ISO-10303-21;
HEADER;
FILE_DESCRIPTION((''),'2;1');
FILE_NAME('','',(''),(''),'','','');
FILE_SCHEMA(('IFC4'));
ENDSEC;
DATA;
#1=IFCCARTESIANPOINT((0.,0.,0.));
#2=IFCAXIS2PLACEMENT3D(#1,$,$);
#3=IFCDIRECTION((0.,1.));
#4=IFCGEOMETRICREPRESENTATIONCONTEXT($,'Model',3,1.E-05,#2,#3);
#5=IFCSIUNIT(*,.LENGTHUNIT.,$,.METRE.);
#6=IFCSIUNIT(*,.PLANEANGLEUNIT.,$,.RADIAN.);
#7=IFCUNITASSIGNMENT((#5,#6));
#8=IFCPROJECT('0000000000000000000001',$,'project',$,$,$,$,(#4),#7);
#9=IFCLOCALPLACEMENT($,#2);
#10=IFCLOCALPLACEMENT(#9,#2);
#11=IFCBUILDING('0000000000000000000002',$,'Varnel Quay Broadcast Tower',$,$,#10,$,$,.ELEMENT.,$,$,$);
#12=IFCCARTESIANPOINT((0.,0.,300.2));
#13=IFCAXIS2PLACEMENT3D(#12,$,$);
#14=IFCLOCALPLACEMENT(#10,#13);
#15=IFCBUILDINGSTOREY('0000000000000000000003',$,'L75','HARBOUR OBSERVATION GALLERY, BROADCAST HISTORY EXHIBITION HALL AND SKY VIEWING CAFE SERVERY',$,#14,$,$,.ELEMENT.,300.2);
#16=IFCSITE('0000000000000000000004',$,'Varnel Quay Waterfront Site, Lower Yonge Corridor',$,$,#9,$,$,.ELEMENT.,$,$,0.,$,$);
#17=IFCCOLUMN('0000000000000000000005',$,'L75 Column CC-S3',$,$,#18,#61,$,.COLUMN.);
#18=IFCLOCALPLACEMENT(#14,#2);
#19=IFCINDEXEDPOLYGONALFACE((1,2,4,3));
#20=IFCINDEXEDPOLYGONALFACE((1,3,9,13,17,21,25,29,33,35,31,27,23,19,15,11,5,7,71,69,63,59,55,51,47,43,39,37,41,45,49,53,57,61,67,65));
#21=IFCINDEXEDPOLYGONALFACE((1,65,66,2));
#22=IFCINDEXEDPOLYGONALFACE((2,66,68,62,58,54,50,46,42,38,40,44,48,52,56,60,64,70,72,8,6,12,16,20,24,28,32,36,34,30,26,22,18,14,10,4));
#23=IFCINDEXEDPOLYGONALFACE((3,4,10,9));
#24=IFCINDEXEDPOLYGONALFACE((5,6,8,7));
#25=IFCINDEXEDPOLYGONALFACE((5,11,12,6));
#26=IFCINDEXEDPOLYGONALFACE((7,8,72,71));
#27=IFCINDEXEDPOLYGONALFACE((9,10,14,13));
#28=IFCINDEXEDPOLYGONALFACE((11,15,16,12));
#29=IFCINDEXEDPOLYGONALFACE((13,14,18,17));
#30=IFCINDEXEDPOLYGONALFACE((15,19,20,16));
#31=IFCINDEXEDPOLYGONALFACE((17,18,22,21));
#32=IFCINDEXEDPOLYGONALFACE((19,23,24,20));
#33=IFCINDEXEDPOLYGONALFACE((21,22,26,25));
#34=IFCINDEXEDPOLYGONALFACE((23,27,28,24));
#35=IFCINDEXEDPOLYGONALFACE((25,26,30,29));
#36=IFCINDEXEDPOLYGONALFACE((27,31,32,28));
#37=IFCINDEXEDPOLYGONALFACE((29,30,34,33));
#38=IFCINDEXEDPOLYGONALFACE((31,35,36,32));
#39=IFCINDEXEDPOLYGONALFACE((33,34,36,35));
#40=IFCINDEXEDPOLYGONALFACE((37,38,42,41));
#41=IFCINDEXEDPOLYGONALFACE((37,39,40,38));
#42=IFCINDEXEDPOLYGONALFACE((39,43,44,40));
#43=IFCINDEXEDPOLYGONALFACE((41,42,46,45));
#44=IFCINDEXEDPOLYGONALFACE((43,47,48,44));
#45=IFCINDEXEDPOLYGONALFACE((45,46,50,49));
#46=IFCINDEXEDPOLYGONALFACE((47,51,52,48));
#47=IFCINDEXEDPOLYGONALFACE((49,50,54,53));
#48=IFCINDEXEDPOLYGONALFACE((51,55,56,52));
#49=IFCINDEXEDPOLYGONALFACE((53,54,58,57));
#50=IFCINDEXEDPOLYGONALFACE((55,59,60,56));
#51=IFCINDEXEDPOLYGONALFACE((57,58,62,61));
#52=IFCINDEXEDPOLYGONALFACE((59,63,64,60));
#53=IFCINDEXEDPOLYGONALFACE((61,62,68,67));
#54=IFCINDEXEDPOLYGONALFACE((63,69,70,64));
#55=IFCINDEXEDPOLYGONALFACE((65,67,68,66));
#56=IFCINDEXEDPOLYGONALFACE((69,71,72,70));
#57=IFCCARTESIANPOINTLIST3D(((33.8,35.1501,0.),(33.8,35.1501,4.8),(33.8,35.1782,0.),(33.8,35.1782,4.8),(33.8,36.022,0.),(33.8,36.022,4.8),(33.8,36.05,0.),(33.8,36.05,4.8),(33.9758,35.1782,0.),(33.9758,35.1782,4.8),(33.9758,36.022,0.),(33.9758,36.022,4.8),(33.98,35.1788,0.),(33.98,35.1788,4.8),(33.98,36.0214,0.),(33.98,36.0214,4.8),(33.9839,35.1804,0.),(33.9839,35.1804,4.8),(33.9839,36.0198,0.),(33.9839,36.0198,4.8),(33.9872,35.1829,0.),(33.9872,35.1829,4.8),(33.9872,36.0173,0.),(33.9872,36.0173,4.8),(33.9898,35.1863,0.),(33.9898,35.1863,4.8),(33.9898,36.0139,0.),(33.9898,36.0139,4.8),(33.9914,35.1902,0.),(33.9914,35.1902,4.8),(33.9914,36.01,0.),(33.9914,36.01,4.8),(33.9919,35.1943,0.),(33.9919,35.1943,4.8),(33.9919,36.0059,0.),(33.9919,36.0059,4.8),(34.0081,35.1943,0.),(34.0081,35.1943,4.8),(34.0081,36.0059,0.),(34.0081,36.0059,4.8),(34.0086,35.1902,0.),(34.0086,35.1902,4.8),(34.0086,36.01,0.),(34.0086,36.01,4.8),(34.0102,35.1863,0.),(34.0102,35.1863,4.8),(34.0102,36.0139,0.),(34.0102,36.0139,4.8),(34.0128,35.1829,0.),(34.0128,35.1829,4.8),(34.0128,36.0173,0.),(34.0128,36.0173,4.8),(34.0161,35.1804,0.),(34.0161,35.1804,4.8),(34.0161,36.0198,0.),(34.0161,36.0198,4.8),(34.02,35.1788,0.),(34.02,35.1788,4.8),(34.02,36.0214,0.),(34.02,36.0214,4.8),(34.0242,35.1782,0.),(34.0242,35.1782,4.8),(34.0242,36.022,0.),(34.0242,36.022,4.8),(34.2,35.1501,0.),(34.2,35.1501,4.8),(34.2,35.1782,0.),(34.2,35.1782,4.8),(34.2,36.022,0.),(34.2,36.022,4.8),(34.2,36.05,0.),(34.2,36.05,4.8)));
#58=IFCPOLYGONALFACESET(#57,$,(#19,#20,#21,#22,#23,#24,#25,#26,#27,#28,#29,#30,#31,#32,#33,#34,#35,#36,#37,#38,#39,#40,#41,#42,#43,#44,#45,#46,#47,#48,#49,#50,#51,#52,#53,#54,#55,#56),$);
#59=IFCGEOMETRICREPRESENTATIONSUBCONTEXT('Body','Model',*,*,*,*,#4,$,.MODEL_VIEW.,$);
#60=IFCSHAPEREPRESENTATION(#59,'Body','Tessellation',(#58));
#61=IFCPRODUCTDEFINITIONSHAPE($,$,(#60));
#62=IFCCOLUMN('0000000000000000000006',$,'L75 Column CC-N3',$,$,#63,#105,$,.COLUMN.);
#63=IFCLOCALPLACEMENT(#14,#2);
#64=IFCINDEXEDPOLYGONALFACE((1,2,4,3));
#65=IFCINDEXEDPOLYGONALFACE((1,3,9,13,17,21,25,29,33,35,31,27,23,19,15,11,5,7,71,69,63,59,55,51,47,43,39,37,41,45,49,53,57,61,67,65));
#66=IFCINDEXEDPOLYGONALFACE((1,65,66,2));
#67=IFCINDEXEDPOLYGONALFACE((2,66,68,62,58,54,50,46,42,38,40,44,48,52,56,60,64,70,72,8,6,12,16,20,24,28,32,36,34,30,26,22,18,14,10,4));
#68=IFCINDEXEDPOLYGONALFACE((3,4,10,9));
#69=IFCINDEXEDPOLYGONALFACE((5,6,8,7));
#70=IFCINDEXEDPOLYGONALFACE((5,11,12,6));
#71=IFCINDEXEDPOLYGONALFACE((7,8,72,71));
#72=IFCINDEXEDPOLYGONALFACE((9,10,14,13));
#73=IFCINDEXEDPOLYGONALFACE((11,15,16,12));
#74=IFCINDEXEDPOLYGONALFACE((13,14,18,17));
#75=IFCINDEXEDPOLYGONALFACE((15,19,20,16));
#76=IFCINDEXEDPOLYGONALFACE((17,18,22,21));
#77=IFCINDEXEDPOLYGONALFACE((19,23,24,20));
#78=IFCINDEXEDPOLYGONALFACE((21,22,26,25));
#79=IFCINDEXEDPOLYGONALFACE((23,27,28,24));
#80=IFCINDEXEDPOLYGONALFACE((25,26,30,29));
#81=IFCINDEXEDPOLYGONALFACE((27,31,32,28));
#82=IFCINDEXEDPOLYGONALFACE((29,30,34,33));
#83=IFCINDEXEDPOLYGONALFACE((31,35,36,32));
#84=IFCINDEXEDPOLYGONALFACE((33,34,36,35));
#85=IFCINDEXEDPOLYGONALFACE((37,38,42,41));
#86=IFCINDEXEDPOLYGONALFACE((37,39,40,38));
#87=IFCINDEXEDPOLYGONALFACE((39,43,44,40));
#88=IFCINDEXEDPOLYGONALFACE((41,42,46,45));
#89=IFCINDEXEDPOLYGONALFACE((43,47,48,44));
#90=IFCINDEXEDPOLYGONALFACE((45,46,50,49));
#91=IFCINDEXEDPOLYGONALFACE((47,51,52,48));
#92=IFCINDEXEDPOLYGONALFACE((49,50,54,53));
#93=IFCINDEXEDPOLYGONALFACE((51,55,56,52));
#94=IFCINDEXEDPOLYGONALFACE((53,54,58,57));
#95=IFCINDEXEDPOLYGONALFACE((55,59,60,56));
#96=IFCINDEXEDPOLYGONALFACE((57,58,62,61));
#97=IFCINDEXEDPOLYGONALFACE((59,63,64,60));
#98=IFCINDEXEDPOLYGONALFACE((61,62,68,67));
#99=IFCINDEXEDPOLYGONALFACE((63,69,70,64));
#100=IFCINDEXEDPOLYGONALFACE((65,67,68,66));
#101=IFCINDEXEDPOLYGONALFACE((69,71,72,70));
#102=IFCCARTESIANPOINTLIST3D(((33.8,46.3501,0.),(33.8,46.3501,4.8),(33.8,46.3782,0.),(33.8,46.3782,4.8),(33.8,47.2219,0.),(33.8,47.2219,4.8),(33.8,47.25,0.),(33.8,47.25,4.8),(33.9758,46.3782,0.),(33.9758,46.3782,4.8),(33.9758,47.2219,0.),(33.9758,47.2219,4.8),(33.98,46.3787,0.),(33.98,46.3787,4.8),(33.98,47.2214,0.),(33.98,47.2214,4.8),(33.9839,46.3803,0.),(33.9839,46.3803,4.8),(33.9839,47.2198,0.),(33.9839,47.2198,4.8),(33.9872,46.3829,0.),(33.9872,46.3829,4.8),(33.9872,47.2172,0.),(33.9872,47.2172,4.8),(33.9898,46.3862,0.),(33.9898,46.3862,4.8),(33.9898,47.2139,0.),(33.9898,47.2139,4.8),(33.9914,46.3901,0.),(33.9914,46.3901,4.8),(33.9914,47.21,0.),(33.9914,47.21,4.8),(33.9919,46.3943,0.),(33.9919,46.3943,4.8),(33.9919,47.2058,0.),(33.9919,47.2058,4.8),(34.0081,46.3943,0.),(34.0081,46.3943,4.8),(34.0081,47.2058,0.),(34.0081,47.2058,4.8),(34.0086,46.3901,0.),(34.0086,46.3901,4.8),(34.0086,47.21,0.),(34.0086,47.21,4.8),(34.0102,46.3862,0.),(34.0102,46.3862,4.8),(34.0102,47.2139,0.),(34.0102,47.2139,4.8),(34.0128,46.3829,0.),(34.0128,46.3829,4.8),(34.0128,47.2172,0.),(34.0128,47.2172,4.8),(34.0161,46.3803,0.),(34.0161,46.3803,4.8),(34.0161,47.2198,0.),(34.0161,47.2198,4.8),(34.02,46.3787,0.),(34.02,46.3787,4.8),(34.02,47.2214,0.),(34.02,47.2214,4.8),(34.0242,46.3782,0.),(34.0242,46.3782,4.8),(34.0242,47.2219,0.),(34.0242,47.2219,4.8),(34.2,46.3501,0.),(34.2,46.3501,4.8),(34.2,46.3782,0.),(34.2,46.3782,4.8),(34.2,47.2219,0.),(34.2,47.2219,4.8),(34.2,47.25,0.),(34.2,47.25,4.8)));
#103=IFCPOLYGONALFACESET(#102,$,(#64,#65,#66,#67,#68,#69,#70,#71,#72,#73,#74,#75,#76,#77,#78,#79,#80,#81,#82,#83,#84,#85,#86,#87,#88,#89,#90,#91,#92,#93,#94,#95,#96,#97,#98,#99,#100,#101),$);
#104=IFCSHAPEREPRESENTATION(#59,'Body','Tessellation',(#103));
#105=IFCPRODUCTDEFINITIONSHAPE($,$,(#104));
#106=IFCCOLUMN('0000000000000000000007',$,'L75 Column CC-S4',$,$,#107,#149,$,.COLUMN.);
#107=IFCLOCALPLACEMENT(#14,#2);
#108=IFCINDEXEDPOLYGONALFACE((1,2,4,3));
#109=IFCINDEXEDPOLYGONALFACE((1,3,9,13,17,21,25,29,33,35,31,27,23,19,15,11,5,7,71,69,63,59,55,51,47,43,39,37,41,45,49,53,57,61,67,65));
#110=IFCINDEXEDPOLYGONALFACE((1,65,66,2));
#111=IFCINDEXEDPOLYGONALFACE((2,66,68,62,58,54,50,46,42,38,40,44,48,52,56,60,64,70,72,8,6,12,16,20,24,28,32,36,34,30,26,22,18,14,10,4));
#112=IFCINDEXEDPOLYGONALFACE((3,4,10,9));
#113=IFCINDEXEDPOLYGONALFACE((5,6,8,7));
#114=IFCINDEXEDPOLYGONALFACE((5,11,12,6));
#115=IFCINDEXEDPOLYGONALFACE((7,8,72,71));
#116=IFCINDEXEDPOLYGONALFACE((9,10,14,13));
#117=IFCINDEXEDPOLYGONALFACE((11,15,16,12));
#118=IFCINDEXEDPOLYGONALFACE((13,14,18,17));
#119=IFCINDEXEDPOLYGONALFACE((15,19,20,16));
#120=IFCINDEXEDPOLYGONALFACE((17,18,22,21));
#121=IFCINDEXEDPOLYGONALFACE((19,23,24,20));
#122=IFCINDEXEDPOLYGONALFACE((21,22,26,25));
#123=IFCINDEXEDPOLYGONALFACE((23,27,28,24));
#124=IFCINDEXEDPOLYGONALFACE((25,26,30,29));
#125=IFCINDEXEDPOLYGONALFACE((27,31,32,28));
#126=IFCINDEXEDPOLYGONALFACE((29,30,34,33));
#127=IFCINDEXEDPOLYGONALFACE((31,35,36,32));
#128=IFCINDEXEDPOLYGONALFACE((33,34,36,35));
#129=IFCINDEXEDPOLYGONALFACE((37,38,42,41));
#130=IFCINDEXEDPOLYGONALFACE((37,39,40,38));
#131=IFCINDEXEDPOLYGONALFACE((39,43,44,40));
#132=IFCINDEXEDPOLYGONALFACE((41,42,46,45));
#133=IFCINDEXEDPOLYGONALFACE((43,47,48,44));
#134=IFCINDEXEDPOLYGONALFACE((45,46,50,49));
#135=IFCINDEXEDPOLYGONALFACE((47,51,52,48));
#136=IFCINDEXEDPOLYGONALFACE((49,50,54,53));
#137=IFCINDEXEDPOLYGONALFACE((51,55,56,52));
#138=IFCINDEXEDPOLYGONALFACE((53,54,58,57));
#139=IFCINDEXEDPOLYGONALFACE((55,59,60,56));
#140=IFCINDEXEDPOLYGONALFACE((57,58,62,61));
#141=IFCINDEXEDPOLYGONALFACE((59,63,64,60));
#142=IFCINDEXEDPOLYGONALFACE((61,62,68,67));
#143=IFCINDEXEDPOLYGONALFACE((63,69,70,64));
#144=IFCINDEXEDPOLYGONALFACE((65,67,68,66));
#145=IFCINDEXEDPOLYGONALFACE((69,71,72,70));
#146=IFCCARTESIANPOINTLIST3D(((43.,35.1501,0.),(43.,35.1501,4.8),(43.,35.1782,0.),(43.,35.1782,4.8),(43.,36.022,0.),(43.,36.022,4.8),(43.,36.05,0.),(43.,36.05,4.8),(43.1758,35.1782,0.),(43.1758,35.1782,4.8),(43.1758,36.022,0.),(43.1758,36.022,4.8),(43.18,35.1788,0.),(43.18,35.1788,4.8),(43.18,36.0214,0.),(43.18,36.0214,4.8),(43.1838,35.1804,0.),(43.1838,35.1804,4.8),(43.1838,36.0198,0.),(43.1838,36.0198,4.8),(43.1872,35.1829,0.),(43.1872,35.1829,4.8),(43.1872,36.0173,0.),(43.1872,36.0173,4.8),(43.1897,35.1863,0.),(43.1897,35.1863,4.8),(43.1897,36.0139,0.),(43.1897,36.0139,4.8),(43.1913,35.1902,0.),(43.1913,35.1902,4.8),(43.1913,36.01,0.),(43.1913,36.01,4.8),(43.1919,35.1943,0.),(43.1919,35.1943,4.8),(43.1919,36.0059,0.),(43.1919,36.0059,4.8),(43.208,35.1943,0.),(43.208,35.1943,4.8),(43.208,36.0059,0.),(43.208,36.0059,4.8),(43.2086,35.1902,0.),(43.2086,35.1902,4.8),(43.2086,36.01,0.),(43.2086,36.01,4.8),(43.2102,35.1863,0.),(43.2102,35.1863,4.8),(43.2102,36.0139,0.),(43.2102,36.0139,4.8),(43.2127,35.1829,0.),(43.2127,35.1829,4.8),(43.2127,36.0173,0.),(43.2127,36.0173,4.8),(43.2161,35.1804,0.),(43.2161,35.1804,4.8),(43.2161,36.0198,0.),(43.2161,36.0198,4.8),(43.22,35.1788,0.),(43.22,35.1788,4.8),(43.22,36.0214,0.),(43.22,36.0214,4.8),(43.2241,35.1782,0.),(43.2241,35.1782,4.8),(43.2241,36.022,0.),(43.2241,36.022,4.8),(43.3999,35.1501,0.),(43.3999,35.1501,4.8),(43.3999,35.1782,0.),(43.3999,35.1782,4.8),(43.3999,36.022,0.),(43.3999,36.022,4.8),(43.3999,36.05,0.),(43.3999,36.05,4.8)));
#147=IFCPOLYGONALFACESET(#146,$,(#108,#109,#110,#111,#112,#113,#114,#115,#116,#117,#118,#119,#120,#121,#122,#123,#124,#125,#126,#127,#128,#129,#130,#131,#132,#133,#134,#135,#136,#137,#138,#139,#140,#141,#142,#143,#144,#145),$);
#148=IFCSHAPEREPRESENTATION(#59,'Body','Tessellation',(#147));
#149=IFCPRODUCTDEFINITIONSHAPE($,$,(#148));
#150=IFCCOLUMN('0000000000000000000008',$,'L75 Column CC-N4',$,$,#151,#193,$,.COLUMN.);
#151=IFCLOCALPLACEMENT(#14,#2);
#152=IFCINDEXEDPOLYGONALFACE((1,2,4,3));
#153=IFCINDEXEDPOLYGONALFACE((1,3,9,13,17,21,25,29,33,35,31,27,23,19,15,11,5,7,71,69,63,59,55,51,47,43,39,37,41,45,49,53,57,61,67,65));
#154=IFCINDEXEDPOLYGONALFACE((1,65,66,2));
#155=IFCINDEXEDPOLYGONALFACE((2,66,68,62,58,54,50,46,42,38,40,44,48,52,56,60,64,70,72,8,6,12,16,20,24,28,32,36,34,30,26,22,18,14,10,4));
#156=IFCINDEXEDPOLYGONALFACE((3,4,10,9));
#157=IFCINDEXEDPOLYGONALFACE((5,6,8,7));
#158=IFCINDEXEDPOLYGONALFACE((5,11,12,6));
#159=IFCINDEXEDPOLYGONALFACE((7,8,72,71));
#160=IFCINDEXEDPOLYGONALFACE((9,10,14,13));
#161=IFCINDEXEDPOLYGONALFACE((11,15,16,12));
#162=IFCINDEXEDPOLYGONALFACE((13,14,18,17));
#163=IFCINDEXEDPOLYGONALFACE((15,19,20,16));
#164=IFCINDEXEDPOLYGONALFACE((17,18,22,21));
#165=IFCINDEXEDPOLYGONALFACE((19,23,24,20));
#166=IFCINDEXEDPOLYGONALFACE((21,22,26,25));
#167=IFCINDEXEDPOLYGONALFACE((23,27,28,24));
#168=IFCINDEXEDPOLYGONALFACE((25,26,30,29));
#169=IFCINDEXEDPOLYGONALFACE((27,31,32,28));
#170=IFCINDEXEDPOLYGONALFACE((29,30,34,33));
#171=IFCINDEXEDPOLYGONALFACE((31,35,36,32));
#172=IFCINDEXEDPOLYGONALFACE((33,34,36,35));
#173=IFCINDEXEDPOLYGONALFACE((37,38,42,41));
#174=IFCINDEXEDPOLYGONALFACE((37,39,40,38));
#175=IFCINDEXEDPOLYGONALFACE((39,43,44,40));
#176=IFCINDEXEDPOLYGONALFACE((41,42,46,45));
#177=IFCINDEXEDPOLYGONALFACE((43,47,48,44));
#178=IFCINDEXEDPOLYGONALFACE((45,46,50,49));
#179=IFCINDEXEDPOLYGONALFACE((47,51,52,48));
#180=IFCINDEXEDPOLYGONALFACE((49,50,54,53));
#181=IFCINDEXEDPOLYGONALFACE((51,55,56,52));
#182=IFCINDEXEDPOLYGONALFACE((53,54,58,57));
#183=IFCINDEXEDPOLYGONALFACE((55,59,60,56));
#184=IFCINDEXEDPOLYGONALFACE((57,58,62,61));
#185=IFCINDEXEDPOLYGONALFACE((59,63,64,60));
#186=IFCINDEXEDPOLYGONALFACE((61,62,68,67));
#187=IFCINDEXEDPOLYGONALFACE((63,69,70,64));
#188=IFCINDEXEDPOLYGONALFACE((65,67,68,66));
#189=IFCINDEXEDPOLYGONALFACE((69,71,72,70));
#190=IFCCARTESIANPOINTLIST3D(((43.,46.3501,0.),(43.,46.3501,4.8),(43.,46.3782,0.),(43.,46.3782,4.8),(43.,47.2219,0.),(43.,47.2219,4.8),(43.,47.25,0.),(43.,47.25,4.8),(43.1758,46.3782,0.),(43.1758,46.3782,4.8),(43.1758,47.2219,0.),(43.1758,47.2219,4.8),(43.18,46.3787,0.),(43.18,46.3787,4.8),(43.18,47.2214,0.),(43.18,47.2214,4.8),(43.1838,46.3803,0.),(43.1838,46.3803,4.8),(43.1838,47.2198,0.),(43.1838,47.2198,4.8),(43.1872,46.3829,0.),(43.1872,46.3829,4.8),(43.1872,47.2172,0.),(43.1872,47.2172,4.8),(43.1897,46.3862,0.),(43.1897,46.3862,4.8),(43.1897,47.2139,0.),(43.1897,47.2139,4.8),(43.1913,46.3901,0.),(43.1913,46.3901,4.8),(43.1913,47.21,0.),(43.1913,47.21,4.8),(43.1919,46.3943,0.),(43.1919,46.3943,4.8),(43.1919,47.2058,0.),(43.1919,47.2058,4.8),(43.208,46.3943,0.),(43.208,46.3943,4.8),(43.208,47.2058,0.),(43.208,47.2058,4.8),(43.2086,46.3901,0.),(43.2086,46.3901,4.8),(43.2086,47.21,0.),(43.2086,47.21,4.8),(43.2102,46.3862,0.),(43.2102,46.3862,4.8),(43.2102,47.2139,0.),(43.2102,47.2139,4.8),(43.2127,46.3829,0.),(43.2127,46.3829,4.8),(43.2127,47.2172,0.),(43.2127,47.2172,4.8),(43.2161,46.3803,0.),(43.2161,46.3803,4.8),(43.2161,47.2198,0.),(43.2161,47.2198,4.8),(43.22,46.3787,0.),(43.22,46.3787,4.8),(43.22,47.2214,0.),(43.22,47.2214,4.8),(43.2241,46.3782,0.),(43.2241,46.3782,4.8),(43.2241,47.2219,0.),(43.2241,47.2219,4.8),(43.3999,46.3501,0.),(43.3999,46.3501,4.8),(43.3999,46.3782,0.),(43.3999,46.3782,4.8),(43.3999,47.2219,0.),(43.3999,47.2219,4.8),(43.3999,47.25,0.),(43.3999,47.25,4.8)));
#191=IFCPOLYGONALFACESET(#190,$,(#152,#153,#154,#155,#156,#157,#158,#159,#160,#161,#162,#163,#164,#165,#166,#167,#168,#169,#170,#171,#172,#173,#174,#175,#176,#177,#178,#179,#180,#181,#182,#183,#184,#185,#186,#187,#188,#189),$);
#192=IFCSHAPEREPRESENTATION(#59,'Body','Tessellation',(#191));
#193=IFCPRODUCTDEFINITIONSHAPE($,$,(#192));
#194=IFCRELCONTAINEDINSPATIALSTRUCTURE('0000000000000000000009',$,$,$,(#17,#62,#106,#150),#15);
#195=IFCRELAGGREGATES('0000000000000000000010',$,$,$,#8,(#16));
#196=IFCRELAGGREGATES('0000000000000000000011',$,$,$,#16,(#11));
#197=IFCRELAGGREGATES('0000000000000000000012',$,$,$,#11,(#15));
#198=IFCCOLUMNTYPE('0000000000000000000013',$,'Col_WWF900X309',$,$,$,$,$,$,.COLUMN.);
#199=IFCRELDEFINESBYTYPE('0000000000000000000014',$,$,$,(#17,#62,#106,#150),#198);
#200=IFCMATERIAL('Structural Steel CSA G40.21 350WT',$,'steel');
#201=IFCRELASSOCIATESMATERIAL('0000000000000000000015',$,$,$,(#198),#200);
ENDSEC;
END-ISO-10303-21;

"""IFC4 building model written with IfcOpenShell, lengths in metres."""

from ifc_helpers import new_model, si_unit, direction, frame, origin, origin_2d, place, context, subcontext, project, spatial, i_section, extrude, source, transform, mapped, material, material_profile, profile_set, type_object, type_shapes, element, save


model = new_model("IFC4")

# Units and contexts
model_context = context("Model", 3, precision=1e-05, world=origin(), true_north=direction((0.0, 1.0)))
body_context = subcontext(model_context, "Body", "Model", "MODEL_VIEW")
ifc_project = project(units=[si_unit("LENGTHUNIT", "METRE"), si_unit("PLANEANGLEUNIT", "RADIAN")], contexts=[model_context])

# Site, building, storey
site_placement = place(None, origin())
site = spatial("IfcSite", under=ifc_project, at=site_placement, Name="Varnel Quay Waterfront Site, Lower Yonge Corridor", CompositionType="ELEMENT", RefElevation=0.0)
building_placement = place(site_placement, origin())
building = spatial("IfcBuilding", under=site, at=building_placement, Name="Varnel Quay Broadcast Tower", CompositionType="ELEMENT")
storey_placement = place(building_placement, frame((0.0, 0.0, 300.2)))
storey = spatial("IfcBuildingStorey", under=building, at=storey_placement, Name="L75", Description="HARBOUR OBSERVATION GALLERY, BROADCAST HISTORY EXHIBITION HALL AND SKY VIEWING CAFE SERVERY", CompositionType="ELEMENT", Elevation=300.2)

# Columns
ifc_material_1 = material(Name="Structural Steel CSA G40.21 350WT", Category="steel")
ifc_material_profile_1 = material_profile(ifc_material_1, i_section(OverallWidth=0.3999, OverallDepth=0.8999, WebThickness=0.0161, FlangeThickness=0.0281, FilletRadius=0.0161, at=origin_2d()), Name="WWF900X309")
ifc_profile_set_1 = profile_set([ifc_material_profile_1], Name="Structural Steel CSA G40.21 350WT")
column_type_1 = type_object("IfcColumnType", Name="Col_WWF900X309", PredefinedType="COLUMN", material=ifc_profile_set_1)
shared_shape_1 = source(origin(), body_context, "Body", "SweptSolid", [
    extrude(i_section(OverallWidth=0.3999, OverallDepth=0.8999, WebThickness=0.0161, FlangeThickness=0.0281, FilletRadius=0.0161, at=origin_2d()), origin(), (0.0, 0.0, 1.0), 4.8),
])
type_shapes(column_type_1, [shared_shape_1])
for number, where, z_axis, x_axis, name in (
    (1, (34.0, 35.6001, 0.0), (0.0, 0.0, 1.0), (1.0, 0.0, 0.0), "L75 Column CC-S3"),
    (2, (34.0, 46.8, 0.0), (0.0, 0.0, 1.0), (1.0, 0.0, 0.0), "L75 Column CC-N3"),
    (3, (43.2, 35.6001, 0.0), (0.0, 0.0, 1.0), (1.0, 0.0, 0.0), "L75 Column CC-S4"),
    (4, (43.2, 46.8, 0.0), (0.0, 0.0, 1.0), (1.0, 0.0, 0.0), "L75 Column CC-N4"),
):
    element("IfcColumn", number, at=place(storey_placement, frame(where, z_axis=z_axis, x_axis=x_axis)), inside=storey, type_object=column_type_1, Name=name, PredefinedType="COLUMN", context=body_context, shape_type="MappedRepresentation", body=[
        mapped(shared_shape_1, transform((0.0, 0.0, 0.0), x_axis=(1.0, 0.0, 0.0), y_axis=(0.0, 1.0, 0.0), z_axis=(0.0, 0.0, 1.0), scale=1.0)),
    ])

save(model, "model.ifc")
